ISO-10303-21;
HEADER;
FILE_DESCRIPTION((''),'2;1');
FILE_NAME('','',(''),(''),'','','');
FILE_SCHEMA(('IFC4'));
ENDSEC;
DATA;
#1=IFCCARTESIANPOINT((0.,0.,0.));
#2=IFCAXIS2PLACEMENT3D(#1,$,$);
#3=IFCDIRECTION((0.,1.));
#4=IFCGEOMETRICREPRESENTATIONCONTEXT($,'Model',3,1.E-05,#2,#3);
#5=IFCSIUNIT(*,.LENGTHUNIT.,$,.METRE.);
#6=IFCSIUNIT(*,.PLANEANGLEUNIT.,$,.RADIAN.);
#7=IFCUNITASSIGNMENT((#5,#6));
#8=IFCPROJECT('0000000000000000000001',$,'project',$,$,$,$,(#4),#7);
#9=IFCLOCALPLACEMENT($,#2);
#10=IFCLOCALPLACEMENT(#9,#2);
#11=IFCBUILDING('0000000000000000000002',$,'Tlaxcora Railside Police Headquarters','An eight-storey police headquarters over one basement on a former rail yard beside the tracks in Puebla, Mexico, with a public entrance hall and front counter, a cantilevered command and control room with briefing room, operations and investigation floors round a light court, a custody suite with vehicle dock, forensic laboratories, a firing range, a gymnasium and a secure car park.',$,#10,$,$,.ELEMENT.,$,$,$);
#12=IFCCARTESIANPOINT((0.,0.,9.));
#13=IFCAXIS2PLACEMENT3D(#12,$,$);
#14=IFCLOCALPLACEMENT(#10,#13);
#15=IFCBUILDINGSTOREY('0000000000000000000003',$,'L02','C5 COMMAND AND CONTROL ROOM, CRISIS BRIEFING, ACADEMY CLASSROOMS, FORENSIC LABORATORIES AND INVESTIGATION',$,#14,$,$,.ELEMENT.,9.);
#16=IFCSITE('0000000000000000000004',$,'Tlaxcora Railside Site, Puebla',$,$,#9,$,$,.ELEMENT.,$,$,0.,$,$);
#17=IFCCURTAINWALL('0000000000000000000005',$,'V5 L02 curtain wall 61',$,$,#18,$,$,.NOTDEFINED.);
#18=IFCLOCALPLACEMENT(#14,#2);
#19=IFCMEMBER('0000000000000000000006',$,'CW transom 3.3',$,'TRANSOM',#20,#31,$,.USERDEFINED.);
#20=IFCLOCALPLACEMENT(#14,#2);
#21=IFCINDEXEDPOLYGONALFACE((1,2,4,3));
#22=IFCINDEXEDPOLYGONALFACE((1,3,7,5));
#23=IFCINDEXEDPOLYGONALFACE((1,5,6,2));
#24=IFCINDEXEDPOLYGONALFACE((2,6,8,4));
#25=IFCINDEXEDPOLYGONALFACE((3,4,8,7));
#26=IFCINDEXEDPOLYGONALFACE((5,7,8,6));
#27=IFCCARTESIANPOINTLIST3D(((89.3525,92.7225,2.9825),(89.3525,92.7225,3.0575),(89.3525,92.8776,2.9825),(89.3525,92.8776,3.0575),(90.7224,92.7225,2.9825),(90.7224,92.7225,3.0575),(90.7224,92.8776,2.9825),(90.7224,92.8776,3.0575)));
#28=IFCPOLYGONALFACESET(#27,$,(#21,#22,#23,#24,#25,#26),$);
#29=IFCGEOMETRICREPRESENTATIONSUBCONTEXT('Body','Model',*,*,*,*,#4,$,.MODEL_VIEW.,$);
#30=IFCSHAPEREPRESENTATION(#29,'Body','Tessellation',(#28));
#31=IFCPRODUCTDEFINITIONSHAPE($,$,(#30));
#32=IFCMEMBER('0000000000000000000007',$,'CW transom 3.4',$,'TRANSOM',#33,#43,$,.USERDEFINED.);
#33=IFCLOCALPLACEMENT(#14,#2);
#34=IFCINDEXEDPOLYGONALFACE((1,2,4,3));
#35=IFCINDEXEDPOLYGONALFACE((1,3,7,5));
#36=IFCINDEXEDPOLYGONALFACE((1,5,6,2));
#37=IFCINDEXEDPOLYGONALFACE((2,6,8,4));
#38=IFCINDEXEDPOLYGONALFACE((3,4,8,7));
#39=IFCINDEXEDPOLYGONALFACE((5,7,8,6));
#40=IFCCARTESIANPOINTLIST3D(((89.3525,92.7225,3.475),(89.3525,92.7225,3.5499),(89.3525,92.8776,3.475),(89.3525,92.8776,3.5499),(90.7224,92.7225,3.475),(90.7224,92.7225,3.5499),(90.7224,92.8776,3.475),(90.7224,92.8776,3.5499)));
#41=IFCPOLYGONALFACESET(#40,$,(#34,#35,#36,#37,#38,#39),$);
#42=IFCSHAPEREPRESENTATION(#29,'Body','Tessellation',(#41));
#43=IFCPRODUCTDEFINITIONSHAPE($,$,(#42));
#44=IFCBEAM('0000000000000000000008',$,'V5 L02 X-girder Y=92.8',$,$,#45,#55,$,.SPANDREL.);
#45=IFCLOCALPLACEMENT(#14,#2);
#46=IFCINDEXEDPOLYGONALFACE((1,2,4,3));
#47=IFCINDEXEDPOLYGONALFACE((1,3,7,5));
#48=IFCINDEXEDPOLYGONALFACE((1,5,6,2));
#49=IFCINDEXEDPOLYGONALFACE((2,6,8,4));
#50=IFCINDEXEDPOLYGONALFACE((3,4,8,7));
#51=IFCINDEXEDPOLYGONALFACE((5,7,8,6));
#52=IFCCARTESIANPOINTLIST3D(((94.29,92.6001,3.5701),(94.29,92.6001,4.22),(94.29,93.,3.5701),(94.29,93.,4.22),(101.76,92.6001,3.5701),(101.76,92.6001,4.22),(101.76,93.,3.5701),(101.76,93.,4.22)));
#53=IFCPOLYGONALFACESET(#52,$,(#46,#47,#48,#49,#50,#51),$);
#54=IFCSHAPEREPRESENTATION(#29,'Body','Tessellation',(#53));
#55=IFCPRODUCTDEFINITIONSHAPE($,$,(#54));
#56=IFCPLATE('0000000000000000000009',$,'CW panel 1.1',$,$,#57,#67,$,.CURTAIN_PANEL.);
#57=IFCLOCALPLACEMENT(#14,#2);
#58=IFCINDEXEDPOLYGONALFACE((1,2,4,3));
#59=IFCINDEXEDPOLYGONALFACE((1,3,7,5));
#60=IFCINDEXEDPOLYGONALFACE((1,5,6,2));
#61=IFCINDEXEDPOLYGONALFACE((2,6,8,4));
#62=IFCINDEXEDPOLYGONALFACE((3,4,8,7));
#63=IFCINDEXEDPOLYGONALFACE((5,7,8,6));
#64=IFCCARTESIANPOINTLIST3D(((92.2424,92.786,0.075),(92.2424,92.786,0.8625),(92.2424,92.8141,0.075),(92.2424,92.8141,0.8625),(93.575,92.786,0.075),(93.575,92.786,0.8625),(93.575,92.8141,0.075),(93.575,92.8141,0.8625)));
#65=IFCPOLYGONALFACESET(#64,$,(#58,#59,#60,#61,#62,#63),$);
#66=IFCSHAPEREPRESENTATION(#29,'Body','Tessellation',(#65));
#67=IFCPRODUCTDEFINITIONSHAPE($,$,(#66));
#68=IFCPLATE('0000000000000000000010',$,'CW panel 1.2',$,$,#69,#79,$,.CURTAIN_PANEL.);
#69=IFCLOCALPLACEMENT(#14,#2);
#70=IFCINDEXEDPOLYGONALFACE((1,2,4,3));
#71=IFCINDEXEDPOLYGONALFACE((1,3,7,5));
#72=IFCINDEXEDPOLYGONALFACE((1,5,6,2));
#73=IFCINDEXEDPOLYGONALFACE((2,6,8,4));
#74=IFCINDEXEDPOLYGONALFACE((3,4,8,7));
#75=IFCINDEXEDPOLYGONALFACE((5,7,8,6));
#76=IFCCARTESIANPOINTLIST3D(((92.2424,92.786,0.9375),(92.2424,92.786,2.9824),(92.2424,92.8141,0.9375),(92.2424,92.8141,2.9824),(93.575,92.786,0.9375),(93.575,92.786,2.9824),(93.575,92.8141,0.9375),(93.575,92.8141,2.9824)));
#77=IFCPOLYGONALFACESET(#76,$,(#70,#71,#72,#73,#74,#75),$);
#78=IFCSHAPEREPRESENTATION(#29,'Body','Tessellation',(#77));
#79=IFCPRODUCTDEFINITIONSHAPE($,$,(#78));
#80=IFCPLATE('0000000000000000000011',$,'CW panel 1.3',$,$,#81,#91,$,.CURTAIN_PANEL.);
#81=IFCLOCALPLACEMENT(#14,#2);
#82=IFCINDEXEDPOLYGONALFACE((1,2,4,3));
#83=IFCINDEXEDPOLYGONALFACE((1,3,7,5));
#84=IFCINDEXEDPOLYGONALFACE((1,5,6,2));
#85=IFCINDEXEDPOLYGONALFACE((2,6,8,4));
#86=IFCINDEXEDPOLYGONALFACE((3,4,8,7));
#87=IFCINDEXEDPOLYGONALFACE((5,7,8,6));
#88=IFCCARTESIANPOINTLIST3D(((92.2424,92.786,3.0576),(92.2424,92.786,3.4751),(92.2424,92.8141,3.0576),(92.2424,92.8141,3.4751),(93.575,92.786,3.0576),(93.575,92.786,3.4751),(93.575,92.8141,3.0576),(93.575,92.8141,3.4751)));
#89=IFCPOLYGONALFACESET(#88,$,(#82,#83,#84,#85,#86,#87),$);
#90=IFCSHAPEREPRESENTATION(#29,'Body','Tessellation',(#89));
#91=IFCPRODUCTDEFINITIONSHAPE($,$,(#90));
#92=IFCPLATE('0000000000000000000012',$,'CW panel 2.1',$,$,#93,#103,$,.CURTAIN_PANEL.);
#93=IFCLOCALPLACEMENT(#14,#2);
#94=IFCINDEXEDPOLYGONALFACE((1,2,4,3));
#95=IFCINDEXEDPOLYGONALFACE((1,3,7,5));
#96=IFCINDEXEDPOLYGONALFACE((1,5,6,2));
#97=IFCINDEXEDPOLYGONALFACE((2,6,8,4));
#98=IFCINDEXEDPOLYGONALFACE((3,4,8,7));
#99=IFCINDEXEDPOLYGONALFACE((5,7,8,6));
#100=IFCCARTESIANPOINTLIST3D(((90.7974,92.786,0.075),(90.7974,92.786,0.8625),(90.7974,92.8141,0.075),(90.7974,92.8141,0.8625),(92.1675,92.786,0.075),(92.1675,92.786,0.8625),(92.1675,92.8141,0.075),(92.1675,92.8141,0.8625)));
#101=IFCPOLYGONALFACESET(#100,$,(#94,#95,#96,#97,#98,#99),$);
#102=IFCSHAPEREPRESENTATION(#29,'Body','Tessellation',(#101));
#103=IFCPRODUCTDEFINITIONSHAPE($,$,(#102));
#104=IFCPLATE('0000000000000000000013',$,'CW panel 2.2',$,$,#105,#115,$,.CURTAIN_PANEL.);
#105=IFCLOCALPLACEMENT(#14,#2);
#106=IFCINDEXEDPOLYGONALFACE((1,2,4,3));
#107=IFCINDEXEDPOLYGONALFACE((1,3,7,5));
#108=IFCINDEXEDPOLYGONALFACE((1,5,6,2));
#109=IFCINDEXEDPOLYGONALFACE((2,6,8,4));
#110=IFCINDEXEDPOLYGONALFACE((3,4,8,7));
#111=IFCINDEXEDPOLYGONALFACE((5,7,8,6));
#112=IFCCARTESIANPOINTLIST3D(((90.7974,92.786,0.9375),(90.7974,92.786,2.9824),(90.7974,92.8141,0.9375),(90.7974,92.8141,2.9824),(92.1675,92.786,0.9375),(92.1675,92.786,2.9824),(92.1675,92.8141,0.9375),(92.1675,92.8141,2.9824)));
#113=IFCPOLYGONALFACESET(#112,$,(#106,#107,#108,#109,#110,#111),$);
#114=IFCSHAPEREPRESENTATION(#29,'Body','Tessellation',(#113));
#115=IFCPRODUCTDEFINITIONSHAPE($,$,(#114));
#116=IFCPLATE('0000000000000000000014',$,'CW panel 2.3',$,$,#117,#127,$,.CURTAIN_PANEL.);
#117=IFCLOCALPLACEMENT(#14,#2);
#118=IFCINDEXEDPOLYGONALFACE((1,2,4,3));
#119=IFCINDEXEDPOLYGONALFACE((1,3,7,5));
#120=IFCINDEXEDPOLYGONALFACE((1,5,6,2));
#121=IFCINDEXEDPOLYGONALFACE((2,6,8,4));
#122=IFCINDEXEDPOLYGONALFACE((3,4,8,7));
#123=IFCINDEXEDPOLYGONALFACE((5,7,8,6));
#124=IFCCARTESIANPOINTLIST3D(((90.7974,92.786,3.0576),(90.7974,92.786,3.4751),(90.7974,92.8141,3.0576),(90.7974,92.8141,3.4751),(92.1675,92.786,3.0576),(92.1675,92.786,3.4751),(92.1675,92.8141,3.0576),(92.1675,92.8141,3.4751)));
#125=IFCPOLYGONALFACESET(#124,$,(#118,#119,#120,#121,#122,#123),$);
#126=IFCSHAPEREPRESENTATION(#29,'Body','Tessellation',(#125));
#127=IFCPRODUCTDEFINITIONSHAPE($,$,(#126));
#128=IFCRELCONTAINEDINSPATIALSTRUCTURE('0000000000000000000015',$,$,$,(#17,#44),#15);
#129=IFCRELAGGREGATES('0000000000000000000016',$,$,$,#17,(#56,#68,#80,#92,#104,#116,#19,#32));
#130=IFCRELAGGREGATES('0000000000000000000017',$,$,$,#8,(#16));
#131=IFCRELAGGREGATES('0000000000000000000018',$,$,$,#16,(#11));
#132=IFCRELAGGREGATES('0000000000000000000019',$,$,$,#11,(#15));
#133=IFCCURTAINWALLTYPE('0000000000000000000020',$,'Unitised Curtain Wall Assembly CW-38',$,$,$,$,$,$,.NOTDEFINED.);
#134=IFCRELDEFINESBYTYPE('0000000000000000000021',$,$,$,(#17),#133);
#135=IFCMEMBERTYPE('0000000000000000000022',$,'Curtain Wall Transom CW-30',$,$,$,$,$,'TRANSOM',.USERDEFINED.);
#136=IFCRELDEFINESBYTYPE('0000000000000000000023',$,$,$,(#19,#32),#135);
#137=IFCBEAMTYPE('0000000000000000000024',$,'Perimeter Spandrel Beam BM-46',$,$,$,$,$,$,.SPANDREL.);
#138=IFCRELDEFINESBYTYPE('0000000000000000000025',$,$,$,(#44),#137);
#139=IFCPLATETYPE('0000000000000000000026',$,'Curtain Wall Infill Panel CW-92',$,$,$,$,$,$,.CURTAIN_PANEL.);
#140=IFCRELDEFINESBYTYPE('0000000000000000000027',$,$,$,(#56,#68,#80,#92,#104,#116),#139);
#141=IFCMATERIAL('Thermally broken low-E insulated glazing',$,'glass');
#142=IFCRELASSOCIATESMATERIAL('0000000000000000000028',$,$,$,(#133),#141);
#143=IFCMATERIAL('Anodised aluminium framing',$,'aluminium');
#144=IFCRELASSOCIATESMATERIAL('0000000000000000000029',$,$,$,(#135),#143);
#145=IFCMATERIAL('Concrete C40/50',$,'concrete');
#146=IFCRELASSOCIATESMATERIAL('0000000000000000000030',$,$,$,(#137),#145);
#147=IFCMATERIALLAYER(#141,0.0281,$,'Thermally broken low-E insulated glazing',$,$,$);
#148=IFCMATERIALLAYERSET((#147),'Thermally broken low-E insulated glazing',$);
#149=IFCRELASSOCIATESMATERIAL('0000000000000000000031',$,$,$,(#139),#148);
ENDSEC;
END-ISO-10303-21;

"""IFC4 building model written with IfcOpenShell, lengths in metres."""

from ifc_helpers import new_model, si_unit, direction, frame, origin, origin_2d, place, context, subcontext, project, spatial, rectangle, extrude, material, layer, layer_set, material_profile, profile_set, type_object, element, aggregate, save


model = new_model("IFC4")

# Units and contexts
model_context = context("Model", 3, precision=1e-05, world=origin(), true_north=direction((0.0, 1.0)))
body_context = subcontext(model_context, "Body", "Model", "MODEL_VIEW")
ifc_project = project(units=[si_unit("LENGTHUNIT", "METRE"), si_unit("PLANEANGLEUNIT", "RADIAN")], contexts=[model_context])

# Site, building, storey
site_placement = place(None, origin())
site = spatial("IfcSite", under=ifc_project, at=site_placement, Name="Tlaxcora Railside Site, Puebla", CompositionType="ELEMENT", RefElevation=0.0)
building_placement = place(site_placement, origin())
building = spatial("IfcBuilding", under=site, at=building_placement, Name="Tlaxcora Railside Police Headquarters", Description="An eight-storey police headquarters over one basement on a former rail yard beside the tracks in Puebla, Mexico, with a public entrance hall and front counter, a cantilevered command and control room with briefing room, operations and investigation floors round a light court, a custody suite with vehicle dock, forensic laboratories, a firing range, a gymnasium and a secure car park.", CompositionType="ELEMENT")
storey_placement = place(building_placement, frame((0.0, 0.0, 9.0)))
storey = spatial("IfcBuildingStorey", under=building, at=storey_placement, Name="L02", Description="C5 COMMAND AND CONTROL ROOM, CRISIS BRIEFING, ACADEMY CLASSROOMS, FORENSIC LABORATORIES AND INVESTIGATION", CompositionType="ELEMENT", Elevation=9.0)

# Shared definitions
ifc_material_1 = material(Name="Concrete C40/50", Category="concrete")

# Curtain wall, members
ifc_material_2 = material(Name="Thermally broken low-E insulated glazing", Category="glass")
curtain_wall_type = type_object("IfcCurtainWallType", Name="Unitised Curtain Wall Assembly CW-38", PredefinedType="NOTDEFINED", material=ifc_material_2)
curtain_wall_placement = place(storey_placement, origin())
curtain_wall = element("IfcCurtainWall", 1, at=curtain_wall_placement, inside=storey, type_object=curtain_wall_type, Name="V5 L02 curtain wall 61", PredefinedType="NOTDEFINED")
ifc_material_3 = material(Name="Anodised aluminium framing", Category="aluminium")
ifc_material_profile_1 = material_profile(ifc_material_3, rectangle(XDim=0.155, YDim=0.075, at=origin_2d()), Name="AL75X155")
ifc_profile_set_1 = profile_set([ifc_material_profile_1], Name="Anodised aluminium framing")
member_type_1 = type_object("IfcMemberType", Name="Curtain Wall Transom CW-30", ElementType="TRANSOM", PredefinedType="USERDEFINED", material=ifc_profile_set_1)
member_1_placement = place(storey_placement, frame((90.7224, 92.8, 3.02), z_axis=(-1.0, 0.0, 0.0), x_axis=(0.0, -1.0, 0.0)))
member_1 = element("IfcMember", 2, at=member_1_placement, type_object=member_type_1, Name="CW transom 3.3", ObjectType="TRANSOM", PredefinedType="USERDEFINED", context=body_context, shape_type="SweptSolid", body=[
    extrude(rectangle(XDim=0.155, YDim=0.075, at=origin_2d()), origin(), (0.0, 0.0, 1.0), 1.3699),
])
member_2_placement = place(storey_placement, frame((90.7224, 92.8, 3.5125), z_axis=(-1.0, 0.0, 0.0), x_axis=(0.0, -1.0, 0.0)))
member_2 = element("IfcMember", 3, at=member_2_placement, type_object=member_type_1, Name="CW transom 3.4", ObjectType="TRANSOM", PredefinedType="USERDEFINED", context=body_context, shape_type="SweptSolid", body=[
    extrude(rectangle(XDim=0.155, YDim=0.075, at=origin_2d()), origin(), (0.0, 0.0, 1.0), 1.3699),
])

# Beam
ifc_material_profile_2 = material_profile(ifc_material_1, rectangle(XDim=0.3999, YDim=0.6499, at=origin_2d()), Name="RC400X650")
ifc_profile_set_2 = profile_set([ifc_material_profile_2], Name="Concrete C40/50")
beam_type = type_object("IfcBeamType", Name="Perimeter Spandrel Beam BM-46", PredefinedType="SPANDREL", material=ifc_profile_set_2)
beam_placement = place(storey_placement, frame((94.29, 92.8, 3.895), z_axis=(1.0, 0.0, 0.0), x_axis=(0.0, 1.0, 0.0)))
element("IfcBeam", 4, at=beam_placement, inside=storey, type_object=beam_type, Name="V5 L02 X-girder Y=92.8", PredefinedType="SPANDREL", context=body_context, shape_type="SweptSolid", body=[
    extrude(rectangle(XDim=0.3999, YDim=0.6499, at=origin_2d()), origin(), (0.0, 0.0, 1.0), 7.47),
])

# Plates
ifc_layer = layer(ifc_material_2, 0.0281, Name="Thermally broken low-E insulated glazing")
ifc_layer_set = layer_set([ifc_layer], Name="Thermally broken low-E insulated glazing")
plate_type = type_object("IfcPlateType", Name="Curtain Wall Infill Panel CW-92", PredefinedType="CURTAIN_PANEL", material=ifc_layer_set)
plate_1_placement = place(storey_placement, frame((92.9087, 92.8, 0.075), z_axis=(0.0, 0.0, 1.0), x_axis=(-1.0, 0.0, 0.0)))
plate_1 = element("IfcPlate", 5, at=plate_1_placement, type_object=plate_type, Name="CW panel 1.1", PredefinedType="CURTAIN_PANEL", context=body_context, shape_type="SweptSolid", body=[
    extrude(rectangle(XDim=1.3325, YDim=0.0281, at=origin_2d()), origin(), (0.0, 0.0, 1.0), 0.7876),
])
plate_2_placement = place(storey_placement, frame((92.9087, 92.8, 0.9375), z_axis=(0.0, 0.0, 1.0), x_axis=(-1.0, 0.0, 0.0)))
plate_2 = element("IfcPlate", 6, at=plate_2_placement, type_object=plate_type, Name="CW panel 1.2", PredefinedType="CURTAIN_PANEL", context=body_context, shape_type="SweptSolid", body=[
    extrude(rectangle(XDim=1.3325, YDim=0.0281, at=origin_2d()), origin(), (0.0, 0.0, 1.0), 2.0449),
])
plate_3_placement = place(storey_placement, frame((92.9087, 92.8, 3.0576), z_axis=(0.0, 0.0, 1.0), x_axis=(-1.0, 0.0, 0.0)))
plate_3 = element("IfcPlate", 7, at=plate_3_placement, type_object=plate_type, Name="CW panel 1.3", PredefinedType="CURTAIN_PANEL", context=body_context, shape_type="SweptSolid", body=[
    extrude(rectangle(XDim=1.3325, YDim=0.0281, at=origin_2d()), origin(), (0.0, 0.0, 1.0), 0.4175),
])
plate_4_placement = place(storey_placement, frame((91.4824, 92.8, 0.075), z_axis=(0.0, 0.0, 1.0), x_axis=(-1.0, 0.0, 0.0)))
plate_4 = element("IfcPlate", 8, at=plate_4_placement, type_object=plate_type, Name="CW panel 2.1", PredefinedType="CURTAIN_PANEL", context=body_context, shape_type="SweptSolid", body=[
    extrude(rectangle(XDim=1.3701, YDim=0.0281, at=origin_2d()), origin(), (0.0, 0.0, 1.0), 0.7876),
])
plate_5_placement = place(storey_placement, frame((91.4824, 92.8, 0.9375), z_axis=(0.0, 0.0, 1.0), x_axis=(-1.0, 0.0, 0.0)))
plate_5 = element("IfcPlate", 9, at=plate_5_placement, type_object=plate_type, Name="CW panel 2.2", PredefinedType="CURTAIN_PANEL", context=body_context, shape_type="SweptSolid", body=[
    extrude(rectangle(XDim=1.3701, YDim=0.0281, at=origin_2d()), origin(), (0.0, 0.0, 1.0), 2.0449),
])
plate_6_placement = place(storey_placement, frame((91.4824, 92.8, 3.0576), z_axis=(0.0, 0.0, 1.0), x_axis=(-1.0, 0.0, 0.0)))
plate_6 = element("IfcPlate", 10, at=plate_6_placement, type_object=plate_type, Name="CW panel 2.3", PredefinedType="CURTAIN_PANEL", context=body_context, shape_type="SweptSolid", body=[
    extrude(rectangle(XDim=1.3701, YDim=0.0281, at=origin_2d()), origin(), (0.0, 0.0, 1.0), 0.4175),
])
aggregate(curtain_wall, [plate_1, plate_2, plate_3, plate_4, plate_5, plate_6, member_1, member_2])

save(model, "model.ifc")
